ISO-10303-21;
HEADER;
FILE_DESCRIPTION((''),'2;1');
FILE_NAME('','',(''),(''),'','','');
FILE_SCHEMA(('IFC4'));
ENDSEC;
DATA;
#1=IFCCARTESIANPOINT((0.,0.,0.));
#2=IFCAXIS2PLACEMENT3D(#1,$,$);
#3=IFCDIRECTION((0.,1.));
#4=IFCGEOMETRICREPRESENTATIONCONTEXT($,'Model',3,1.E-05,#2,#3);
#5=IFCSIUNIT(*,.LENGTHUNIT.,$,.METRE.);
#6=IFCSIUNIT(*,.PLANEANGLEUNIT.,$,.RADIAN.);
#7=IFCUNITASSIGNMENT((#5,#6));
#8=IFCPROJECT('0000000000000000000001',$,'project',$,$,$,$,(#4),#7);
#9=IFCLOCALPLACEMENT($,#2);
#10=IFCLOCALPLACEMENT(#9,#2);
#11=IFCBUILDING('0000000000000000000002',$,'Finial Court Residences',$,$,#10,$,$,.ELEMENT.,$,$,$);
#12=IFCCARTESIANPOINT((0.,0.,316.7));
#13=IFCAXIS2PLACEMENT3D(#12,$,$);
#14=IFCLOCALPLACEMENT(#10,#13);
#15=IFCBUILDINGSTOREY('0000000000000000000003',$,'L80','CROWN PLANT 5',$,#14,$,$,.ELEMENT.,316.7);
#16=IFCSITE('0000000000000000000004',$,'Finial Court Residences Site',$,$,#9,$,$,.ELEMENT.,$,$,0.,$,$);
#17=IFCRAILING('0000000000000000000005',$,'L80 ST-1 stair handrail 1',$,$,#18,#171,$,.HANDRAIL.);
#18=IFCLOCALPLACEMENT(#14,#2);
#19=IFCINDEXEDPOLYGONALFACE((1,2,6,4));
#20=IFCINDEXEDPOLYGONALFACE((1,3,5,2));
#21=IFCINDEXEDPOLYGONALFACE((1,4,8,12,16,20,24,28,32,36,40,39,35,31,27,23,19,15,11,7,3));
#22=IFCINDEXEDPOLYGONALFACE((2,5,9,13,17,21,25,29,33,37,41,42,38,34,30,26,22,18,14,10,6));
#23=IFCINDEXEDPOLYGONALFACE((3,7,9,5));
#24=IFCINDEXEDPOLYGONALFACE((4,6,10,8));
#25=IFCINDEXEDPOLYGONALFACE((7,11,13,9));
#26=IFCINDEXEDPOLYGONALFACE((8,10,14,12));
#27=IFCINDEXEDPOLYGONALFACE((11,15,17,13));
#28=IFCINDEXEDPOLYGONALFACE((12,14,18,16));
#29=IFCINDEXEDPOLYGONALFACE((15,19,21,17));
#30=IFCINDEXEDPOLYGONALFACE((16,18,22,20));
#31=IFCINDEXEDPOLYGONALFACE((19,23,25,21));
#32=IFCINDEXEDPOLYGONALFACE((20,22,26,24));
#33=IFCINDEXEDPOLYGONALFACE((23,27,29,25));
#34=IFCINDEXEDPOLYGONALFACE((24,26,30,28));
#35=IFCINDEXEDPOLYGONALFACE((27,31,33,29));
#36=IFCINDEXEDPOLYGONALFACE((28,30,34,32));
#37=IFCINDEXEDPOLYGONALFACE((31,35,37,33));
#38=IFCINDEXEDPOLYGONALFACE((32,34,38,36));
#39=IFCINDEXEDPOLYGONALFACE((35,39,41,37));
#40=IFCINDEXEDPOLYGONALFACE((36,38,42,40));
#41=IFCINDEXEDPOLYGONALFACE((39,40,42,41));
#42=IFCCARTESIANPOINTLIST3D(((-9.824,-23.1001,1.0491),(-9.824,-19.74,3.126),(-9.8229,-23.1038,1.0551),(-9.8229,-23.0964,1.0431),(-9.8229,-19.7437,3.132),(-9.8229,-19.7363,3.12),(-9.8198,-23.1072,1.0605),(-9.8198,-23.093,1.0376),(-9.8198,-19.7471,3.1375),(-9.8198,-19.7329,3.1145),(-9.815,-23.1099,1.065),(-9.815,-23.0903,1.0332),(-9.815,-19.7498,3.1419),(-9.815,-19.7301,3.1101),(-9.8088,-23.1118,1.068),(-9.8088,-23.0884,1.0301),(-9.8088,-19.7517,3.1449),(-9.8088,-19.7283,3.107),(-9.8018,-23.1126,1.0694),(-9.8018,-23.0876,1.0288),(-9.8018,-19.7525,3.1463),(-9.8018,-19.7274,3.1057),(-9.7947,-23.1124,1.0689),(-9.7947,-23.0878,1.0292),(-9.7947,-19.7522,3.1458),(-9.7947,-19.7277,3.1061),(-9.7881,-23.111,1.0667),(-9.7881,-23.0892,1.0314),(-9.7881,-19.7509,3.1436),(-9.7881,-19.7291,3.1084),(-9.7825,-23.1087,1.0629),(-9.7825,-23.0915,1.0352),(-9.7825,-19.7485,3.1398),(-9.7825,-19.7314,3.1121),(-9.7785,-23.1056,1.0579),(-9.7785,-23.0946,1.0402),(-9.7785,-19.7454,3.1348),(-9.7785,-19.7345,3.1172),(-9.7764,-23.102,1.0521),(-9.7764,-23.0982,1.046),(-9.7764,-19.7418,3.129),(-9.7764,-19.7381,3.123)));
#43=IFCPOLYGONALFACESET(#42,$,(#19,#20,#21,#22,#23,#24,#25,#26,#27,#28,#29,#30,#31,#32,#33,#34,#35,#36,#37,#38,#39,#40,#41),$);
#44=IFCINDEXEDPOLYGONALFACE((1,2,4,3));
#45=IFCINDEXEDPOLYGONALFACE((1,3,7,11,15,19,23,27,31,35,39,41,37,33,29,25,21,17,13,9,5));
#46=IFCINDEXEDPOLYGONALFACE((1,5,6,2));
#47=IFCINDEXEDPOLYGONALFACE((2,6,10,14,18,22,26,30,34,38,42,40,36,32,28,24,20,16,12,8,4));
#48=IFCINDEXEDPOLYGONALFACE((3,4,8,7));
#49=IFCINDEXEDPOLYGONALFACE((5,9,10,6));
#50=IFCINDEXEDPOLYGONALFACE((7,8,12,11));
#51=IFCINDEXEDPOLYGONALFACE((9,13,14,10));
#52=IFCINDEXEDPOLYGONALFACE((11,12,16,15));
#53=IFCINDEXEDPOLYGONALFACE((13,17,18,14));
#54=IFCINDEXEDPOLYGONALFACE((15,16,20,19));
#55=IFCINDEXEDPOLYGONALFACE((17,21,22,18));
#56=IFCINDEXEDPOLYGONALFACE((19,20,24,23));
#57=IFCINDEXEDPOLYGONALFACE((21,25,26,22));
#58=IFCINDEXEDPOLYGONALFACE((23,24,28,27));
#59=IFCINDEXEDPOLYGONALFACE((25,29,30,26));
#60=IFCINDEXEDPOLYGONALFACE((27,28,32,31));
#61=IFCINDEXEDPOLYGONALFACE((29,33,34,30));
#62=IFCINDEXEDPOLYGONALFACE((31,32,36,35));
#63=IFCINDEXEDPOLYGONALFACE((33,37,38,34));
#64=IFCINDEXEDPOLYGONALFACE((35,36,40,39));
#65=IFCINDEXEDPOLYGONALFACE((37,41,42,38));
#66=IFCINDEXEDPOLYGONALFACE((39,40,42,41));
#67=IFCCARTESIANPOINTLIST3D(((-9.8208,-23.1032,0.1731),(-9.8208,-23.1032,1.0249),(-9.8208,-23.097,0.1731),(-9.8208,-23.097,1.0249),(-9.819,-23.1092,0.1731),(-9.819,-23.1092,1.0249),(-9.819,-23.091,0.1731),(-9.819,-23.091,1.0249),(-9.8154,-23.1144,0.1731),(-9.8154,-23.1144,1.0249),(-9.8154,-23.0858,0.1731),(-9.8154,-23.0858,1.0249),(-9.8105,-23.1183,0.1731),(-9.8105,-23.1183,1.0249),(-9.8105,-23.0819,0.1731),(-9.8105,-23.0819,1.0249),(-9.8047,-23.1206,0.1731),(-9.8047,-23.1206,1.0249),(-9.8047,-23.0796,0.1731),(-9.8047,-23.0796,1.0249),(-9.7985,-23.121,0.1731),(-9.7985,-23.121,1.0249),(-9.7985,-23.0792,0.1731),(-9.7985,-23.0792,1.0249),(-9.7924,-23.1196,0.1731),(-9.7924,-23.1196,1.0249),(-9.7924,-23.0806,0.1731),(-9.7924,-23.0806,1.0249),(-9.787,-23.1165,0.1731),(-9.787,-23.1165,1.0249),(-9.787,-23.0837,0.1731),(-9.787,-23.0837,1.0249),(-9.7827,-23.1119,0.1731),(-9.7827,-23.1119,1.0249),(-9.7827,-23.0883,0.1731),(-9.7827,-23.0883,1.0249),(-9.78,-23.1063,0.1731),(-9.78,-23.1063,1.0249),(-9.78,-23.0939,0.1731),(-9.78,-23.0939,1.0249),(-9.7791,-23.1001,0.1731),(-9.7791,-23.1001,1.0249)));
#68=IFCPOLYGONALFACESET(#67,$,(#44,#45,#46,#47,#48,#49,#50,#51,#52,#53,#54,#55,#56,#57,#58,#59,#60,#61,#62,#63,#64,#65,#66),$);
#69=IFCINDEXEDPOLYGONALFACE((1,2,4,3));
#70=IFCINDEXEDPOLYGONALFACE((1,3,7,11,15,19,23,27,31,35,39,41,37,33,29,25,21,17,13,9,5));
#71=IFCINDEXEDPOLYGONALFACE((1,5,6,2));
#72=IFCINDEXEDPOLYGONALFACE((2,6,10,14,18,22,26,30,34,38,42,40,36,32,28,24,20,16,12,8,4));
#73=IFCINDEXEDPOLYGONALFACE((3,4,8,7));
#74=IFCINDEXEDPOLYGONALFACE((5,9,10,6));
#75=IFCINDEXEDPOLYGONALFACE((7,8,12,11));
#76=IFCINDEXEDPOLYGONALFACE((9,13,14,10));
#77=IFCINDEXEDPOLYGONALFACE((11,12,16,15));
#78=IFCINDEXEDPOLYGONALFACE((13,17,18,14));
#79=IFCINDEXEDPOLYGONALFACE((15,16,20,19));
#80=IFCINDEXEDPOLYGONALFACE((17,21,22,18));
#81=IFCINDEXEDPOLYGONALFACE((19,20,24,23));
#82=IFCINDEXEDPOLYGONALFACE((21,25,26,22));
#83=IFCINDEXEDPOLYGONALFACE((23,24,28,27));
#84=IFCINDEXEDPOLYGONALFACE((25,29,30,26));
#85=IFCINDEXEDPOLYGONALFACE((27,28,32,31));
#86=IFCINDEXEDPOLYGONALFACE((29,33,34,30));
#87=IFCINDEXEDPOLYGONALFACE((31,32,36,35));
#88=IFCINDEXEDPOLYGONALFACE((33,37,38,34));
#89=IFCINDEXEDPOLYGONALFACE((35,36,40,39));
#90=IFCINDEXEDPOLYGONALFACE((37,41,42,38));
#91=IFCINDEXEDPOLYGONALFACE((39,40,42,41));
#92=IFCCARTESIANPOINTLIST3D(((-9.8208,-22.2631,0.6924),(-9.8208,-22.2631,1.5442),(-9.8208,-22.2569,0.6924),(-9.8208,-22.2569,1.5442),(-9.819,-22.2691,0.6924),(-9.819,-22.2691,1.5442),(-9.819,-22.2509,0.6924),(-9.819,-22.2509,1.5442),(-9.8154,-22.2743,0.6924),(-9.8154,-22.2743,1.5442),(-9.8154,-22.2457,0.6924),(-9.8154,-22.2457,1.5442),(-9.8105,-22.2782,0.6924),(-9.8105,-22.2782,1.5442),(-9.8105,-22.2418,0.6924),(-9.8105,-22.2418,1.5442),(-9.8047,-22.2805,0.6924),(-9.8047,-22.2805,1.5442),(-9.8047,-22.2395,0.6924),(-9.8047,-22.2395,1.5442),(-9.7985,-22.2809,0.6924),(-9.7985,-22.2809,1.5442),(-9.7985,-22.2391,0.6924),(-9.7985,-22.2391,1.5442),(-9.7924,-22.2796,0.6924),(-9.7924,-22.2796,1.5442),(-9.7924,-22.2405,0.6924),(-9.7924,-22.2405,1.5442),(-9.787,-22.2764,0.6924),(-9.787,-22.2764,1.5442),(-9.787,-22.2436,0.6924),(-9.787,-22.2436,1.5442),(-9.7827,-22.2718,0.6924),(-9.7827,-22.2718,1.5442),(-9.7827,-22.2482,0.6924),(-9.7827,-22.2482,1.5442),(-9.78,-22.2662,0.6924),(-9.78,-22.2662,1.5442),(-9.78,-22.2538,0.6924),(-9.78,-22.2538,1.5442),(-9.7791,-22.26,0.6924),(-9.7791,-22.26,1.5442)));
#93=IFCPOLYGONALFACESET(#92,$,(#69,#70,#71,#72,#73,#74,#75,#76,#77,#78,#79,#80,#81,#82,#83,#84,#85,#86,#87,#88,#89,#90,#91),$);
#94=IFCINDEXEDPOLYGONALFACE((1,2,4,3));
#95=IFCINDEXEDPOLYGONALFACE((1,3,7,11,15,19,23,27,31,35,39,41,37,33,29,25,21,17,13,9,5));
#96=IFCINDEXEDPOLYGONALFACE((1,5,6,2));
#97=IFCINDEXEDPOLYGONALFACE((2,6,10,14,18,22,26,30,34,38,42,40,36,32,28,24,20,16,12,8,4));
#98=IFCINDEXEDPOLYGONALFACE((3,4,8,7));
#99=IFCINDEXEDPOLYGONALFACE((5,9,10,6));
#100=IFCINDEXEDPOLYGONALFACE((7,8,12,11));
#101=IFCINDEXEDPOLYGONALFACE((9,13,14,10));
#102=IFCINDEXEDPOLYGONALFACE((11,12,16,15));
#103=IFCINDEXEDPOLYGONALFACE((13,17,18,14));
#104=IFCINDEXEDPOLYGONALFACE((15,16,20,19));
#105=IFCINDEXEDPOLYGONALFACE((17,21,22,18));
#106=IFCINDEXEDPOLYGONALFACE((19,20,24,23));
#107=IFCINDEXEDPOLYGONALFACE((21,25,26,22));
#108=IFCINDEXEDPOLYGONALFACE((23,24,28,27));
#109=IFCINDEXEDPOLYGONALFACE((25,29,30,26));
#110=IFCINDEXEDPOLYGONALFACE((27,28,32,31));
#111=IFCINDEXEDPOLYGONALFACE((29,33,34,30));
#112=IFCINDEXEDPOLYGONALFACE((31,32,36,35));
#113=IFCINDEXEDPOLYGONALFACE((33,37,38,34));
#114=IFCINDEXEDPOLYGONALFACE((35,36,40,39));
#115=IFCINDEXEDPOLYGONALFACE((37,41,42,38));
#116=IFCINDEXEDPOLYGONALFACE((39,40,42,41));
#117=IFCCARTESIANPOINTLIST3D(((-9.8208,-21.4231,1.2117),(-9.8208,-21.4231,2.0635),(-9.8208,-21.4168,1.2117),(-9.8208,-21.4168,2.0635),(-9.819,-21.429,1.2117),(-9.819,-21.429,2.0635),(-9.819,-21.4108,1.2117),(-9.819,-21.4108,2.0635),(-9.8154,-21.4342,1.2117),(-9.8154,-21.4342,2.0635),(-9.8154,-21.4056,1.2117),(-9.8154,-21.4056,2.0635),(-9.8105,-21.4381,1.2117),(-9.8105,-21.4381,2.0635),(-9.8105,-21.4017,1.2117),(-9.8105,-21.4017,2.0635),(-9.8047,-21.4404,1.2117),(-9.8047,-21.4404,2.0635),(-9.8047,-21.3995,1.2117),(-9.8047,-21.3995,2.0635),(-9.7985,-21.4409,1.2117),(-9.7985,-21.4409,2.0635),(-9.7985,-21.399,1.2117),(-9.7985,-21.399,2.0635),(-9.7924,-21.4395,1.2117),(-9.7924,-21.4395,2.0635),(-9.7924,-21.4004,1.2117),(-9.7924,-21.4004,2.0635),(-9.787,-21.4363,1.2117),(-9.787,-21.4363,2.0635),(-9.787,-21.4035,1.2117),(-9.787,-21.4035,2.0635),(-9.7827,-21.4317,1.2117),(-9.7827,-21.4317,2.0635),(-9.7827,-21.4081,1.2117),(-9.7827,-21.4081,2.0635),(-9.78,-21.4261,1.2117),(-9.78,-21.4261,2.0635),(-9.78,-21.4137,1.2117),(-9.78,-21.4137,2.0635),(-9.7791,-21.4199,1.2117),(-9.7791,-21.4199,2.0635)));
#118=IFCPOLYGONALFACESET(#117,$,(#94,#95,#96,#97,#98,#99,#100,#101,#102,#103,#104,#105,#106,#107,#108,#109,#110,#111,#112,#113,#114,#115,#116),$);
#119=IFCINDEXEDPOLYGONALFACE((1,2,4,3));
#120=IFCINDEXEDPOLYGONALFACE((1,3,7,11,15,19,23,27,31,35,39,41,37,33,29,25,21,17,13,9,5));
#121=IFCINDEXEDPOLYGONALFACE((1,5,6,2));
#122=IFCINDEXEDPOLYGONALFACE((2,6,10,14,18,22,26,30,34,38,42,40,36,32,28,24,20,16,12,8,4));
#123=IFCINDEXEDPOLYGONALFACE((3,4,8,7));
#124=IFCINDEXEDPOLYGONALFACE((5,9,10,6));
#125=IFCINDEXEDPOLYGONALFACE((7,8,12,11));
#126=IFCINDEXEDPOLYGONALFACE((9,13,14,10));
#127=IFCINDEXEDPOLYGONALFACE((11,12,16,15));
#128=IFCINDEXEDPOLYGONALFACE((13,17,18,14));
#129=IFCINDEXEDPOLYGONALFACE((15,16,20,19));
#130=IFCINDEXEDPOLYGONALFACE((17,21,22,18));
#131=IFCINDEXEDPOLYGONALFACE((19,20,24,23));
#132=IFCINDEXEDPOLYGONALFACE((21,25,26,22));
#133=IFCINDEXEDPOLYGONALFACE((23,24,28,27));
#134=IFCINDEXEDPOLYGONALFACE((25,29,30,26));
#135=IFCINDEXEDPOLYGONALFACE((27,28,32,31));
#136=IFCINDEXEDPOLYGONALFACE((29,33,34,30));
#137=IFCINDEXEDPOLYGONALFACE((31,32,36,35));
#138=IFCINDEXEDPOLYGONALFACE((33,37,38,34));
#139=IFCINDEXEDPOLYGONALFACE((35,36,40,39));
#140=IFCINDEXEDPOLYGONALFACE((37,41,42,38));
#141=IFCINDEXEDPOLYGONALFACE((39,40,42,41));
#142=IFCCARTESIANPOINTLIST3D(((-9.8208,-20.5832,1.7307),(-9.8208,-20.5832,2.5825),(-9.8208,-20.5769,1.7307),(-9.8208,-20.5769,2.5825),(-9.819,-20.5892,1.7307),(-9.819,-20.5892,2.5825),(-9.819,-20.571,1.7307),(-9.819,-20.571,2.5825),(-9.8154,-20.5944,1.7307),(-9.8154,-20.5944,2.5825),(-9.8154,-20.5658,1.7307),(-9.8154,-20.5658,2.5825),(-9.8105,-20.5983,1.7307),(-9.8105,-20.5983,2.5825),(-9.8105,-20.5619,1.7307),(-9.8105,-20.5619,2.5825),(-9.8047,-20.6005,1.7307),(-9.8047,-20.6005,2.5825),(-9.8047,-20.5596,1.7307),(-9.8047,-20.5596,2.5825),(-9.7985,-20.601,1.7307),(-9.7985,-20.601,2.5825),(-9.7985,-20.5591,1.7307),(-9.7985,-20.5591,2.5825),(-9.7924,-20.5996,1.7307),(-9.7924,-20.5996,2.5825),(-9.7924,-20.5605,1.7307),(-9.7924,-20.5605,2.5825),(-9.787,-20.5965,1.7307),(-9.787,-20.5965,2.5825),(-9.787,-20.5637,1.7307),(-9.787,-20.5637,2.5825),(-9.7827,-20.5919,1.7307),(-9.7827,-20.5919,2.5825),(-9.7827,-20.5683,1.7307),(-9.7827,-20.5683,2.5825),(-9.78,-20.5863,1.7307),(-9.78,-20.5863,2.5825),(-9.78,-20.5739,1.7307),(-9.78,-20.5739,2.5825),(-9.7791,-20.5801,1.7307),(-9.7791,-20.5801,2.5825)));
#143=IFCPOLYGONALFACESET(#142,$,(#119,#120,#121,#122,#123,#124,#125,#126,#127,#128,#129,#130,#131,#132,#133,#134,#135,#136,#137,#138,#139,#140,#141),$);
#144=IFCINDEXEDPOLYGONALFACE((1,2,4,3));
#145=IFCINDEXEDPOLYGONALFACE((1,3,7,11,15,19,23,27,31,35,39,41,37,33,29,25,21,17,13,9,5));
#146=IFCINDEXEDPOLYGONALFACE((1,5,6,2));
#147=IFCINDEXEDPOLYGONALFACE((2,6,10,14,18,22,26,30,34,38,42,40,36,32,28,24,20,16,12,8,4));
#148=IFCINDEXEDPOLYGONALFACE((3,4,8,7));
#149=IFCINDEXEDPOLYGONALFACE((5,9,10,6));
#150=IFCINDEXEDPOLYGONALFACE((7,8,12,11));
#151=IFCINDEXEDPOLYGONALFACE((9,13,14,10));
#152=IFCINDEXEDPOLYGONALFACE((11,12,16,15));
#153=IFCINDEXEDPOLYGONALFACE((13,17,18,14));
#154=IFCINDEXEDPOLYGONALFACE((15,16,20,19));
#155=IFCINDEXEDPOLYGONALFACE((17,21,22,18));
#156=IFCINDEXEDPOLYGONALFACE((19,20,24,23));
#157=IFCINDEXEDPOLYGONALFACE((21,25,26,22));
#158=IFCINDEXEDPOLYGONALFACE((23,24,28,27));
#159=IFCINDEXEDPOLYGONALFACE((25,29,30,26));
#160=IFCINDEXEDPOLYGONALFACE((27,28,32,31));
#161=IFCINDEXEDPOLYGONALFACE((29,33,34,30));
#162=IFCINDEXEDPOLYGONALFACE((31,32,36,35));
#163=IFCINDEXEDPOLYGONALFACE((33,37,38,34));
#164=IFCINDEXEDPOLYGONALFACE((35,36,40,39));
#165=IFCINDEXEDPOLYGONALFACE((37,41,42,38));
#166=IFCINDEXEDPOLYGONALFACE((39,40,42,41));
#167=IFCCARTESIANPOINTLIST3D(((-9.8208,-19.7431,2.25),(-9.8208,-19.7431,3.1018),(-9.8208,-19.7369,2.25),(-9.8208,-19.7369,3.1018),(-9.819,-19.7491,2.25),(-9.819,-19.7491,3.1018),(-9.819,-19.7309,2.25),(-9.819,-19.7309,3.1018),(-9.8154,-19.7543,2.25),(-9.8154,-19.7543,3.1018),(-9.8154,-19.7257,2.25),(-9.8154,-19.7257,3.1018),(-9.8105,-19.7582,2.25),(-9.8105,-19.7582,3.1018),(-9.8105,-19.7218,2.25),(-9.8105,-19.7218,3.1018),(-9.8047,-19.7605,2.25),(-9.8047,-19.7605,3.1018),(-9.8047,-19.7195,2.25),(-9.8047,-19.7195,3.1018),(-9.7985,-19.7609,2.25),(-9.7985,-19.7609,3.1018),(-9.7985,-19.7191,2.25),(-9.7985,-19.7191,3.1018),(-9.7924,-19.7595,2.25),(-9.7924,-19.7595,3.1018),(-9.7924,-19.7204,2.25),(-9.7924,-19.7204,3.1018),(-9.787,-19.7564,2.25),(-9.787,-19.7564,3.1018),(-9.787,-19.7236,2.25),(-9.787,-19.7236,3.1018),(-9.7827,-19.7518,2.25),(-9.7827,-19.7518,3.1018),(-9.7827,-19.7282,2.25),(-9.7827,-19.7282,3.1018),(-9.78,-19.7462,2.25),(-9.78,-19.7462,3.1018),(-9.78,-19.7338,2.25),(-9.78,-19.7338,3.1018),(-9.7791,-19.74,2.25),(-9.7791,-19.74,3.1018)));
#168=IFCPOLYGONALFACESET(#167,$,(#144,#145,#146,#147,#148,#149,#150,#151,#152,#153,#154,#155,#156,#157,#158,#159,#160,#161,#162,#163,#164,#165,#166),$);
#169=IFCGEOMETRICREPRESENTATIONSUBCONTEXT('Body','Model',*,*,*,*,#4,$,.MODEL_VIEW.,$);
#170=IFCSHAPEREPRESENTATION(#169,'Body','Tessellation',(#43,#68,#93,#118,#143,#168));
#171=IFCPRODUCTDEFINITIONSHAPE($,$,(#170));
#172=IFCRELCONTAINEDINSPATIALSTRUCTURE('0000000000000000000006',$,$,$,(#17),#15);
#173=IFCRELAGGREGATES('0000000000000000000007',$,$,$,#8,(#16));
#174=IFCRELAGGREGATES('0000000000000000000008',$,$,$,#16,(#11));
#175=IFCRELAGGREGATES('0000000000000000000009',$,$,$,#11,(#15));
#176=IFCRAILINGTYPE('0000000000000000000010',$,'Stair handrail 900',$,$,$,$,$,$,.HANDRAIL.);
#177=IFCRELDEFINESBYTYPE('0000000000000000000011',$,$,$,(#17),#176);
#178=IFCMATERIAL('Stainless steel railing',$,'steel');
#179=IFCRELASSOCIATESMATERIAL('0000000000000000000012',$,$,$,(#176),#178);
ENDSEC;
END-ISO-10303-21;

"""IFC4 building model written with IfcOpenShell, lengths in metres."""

from ifc_helpers import new_model, si_unit, direction, frame, origin, origin_2d, place, context, subcontext, project, spatial, circle, extrude, material, type_object, element, save


model = new_model("IFC4")

# Units and contexts
model_context = context("Model", 3, precision=1e-05, world=origin(), true_north=direction((0.0, 1.0)))
body_context = subcontext(model_context, "Body", "Model", "MODEL_VIEW")
ifc_project = project(units=[si_unit("LENGTHUNIT", "METRE"), si_unit("PLANEANGLEUNIT", "RADIAN")], contexts=[model_context])

# Site, building, storey
site_placement = place(None, origin())
site = spatial("IfcSite", under=ifc_project, at=site_placement, Name="Finial Court Residences Site", CompositionType="ELEMENT", RefElevation=0.0)
building_placement = place(site_placement, origin())
building = spatial("IfcBuilding", under=site, at=building_placement, Name="Finial Court Residences", CompositionType="ELEMENT")
storey_placement = place(building_placement, frame((0.0, 0.0, 316.7)))
storey = spatial("IfcBuildingStorey", under=building, at=storey_placement, Name="L80", Description="CROWN PLANT 5", CompositionType="ELEMENT", Elevation=316.7)

# Railing
ifc_material_1 = material(Name="Stainless steel railing", Category="steel")
railing_type_1 = type_object("IfcRailingType", Name="Stair handrail 900", PredefinedType="HANDRAIL", material=ifc_material_1)
railing_1_placement = place(storey_placement, frame((-9.8, -23.1001, 0.1731)))
element("IfcRailing", 1, at=railing_1_placement, inside=storey, type_object=railing_type_1, Name="L80 ST-1 stair handrail 1", PredefinedType="HANDRAIL", context=body_context, shape_type="SweptSolid", body=[
    extrude(circle(Radius=0.0239, at=origin_2d()), frame((0.0, 0.0, 0.876), z_axis=(0.0, 0.850623, 0.525776), x_axis=(-1.0, 0.0, 0.0)), (0.0, 0.0, 1.0), 3.9502),
    extrude(circle(Radius=0.021, at=origin_2d()), origin(), (0.0, 0.0, 1.0), 0.8518),
    extrude(circle(Radius=0.021, at=origin_2d()), frame((0.0, 0.8401, 0.5193)), (0.0, 0.0, 1.0), 0.8518),
    extrude(circle(Radius=0.021, at=origin_2d()), frame((0.0, 1.6802, 1.0386)), (0.0, 0.0, 1.0), 0.8518),
    extrude(circle(Radius=0.021, at=origin_2d()), frame((0.0, 2.52, 1.5576)), (0.0, 0.0, 1.0), 0.8518),
    extrude(circle(Radius=0.021, at=origin_2d()), frame((0.0, 3.3601, 2.0769)), (0.0, 0.0, 1.0), 0.8518),
])

save(model, "model.ifc")
